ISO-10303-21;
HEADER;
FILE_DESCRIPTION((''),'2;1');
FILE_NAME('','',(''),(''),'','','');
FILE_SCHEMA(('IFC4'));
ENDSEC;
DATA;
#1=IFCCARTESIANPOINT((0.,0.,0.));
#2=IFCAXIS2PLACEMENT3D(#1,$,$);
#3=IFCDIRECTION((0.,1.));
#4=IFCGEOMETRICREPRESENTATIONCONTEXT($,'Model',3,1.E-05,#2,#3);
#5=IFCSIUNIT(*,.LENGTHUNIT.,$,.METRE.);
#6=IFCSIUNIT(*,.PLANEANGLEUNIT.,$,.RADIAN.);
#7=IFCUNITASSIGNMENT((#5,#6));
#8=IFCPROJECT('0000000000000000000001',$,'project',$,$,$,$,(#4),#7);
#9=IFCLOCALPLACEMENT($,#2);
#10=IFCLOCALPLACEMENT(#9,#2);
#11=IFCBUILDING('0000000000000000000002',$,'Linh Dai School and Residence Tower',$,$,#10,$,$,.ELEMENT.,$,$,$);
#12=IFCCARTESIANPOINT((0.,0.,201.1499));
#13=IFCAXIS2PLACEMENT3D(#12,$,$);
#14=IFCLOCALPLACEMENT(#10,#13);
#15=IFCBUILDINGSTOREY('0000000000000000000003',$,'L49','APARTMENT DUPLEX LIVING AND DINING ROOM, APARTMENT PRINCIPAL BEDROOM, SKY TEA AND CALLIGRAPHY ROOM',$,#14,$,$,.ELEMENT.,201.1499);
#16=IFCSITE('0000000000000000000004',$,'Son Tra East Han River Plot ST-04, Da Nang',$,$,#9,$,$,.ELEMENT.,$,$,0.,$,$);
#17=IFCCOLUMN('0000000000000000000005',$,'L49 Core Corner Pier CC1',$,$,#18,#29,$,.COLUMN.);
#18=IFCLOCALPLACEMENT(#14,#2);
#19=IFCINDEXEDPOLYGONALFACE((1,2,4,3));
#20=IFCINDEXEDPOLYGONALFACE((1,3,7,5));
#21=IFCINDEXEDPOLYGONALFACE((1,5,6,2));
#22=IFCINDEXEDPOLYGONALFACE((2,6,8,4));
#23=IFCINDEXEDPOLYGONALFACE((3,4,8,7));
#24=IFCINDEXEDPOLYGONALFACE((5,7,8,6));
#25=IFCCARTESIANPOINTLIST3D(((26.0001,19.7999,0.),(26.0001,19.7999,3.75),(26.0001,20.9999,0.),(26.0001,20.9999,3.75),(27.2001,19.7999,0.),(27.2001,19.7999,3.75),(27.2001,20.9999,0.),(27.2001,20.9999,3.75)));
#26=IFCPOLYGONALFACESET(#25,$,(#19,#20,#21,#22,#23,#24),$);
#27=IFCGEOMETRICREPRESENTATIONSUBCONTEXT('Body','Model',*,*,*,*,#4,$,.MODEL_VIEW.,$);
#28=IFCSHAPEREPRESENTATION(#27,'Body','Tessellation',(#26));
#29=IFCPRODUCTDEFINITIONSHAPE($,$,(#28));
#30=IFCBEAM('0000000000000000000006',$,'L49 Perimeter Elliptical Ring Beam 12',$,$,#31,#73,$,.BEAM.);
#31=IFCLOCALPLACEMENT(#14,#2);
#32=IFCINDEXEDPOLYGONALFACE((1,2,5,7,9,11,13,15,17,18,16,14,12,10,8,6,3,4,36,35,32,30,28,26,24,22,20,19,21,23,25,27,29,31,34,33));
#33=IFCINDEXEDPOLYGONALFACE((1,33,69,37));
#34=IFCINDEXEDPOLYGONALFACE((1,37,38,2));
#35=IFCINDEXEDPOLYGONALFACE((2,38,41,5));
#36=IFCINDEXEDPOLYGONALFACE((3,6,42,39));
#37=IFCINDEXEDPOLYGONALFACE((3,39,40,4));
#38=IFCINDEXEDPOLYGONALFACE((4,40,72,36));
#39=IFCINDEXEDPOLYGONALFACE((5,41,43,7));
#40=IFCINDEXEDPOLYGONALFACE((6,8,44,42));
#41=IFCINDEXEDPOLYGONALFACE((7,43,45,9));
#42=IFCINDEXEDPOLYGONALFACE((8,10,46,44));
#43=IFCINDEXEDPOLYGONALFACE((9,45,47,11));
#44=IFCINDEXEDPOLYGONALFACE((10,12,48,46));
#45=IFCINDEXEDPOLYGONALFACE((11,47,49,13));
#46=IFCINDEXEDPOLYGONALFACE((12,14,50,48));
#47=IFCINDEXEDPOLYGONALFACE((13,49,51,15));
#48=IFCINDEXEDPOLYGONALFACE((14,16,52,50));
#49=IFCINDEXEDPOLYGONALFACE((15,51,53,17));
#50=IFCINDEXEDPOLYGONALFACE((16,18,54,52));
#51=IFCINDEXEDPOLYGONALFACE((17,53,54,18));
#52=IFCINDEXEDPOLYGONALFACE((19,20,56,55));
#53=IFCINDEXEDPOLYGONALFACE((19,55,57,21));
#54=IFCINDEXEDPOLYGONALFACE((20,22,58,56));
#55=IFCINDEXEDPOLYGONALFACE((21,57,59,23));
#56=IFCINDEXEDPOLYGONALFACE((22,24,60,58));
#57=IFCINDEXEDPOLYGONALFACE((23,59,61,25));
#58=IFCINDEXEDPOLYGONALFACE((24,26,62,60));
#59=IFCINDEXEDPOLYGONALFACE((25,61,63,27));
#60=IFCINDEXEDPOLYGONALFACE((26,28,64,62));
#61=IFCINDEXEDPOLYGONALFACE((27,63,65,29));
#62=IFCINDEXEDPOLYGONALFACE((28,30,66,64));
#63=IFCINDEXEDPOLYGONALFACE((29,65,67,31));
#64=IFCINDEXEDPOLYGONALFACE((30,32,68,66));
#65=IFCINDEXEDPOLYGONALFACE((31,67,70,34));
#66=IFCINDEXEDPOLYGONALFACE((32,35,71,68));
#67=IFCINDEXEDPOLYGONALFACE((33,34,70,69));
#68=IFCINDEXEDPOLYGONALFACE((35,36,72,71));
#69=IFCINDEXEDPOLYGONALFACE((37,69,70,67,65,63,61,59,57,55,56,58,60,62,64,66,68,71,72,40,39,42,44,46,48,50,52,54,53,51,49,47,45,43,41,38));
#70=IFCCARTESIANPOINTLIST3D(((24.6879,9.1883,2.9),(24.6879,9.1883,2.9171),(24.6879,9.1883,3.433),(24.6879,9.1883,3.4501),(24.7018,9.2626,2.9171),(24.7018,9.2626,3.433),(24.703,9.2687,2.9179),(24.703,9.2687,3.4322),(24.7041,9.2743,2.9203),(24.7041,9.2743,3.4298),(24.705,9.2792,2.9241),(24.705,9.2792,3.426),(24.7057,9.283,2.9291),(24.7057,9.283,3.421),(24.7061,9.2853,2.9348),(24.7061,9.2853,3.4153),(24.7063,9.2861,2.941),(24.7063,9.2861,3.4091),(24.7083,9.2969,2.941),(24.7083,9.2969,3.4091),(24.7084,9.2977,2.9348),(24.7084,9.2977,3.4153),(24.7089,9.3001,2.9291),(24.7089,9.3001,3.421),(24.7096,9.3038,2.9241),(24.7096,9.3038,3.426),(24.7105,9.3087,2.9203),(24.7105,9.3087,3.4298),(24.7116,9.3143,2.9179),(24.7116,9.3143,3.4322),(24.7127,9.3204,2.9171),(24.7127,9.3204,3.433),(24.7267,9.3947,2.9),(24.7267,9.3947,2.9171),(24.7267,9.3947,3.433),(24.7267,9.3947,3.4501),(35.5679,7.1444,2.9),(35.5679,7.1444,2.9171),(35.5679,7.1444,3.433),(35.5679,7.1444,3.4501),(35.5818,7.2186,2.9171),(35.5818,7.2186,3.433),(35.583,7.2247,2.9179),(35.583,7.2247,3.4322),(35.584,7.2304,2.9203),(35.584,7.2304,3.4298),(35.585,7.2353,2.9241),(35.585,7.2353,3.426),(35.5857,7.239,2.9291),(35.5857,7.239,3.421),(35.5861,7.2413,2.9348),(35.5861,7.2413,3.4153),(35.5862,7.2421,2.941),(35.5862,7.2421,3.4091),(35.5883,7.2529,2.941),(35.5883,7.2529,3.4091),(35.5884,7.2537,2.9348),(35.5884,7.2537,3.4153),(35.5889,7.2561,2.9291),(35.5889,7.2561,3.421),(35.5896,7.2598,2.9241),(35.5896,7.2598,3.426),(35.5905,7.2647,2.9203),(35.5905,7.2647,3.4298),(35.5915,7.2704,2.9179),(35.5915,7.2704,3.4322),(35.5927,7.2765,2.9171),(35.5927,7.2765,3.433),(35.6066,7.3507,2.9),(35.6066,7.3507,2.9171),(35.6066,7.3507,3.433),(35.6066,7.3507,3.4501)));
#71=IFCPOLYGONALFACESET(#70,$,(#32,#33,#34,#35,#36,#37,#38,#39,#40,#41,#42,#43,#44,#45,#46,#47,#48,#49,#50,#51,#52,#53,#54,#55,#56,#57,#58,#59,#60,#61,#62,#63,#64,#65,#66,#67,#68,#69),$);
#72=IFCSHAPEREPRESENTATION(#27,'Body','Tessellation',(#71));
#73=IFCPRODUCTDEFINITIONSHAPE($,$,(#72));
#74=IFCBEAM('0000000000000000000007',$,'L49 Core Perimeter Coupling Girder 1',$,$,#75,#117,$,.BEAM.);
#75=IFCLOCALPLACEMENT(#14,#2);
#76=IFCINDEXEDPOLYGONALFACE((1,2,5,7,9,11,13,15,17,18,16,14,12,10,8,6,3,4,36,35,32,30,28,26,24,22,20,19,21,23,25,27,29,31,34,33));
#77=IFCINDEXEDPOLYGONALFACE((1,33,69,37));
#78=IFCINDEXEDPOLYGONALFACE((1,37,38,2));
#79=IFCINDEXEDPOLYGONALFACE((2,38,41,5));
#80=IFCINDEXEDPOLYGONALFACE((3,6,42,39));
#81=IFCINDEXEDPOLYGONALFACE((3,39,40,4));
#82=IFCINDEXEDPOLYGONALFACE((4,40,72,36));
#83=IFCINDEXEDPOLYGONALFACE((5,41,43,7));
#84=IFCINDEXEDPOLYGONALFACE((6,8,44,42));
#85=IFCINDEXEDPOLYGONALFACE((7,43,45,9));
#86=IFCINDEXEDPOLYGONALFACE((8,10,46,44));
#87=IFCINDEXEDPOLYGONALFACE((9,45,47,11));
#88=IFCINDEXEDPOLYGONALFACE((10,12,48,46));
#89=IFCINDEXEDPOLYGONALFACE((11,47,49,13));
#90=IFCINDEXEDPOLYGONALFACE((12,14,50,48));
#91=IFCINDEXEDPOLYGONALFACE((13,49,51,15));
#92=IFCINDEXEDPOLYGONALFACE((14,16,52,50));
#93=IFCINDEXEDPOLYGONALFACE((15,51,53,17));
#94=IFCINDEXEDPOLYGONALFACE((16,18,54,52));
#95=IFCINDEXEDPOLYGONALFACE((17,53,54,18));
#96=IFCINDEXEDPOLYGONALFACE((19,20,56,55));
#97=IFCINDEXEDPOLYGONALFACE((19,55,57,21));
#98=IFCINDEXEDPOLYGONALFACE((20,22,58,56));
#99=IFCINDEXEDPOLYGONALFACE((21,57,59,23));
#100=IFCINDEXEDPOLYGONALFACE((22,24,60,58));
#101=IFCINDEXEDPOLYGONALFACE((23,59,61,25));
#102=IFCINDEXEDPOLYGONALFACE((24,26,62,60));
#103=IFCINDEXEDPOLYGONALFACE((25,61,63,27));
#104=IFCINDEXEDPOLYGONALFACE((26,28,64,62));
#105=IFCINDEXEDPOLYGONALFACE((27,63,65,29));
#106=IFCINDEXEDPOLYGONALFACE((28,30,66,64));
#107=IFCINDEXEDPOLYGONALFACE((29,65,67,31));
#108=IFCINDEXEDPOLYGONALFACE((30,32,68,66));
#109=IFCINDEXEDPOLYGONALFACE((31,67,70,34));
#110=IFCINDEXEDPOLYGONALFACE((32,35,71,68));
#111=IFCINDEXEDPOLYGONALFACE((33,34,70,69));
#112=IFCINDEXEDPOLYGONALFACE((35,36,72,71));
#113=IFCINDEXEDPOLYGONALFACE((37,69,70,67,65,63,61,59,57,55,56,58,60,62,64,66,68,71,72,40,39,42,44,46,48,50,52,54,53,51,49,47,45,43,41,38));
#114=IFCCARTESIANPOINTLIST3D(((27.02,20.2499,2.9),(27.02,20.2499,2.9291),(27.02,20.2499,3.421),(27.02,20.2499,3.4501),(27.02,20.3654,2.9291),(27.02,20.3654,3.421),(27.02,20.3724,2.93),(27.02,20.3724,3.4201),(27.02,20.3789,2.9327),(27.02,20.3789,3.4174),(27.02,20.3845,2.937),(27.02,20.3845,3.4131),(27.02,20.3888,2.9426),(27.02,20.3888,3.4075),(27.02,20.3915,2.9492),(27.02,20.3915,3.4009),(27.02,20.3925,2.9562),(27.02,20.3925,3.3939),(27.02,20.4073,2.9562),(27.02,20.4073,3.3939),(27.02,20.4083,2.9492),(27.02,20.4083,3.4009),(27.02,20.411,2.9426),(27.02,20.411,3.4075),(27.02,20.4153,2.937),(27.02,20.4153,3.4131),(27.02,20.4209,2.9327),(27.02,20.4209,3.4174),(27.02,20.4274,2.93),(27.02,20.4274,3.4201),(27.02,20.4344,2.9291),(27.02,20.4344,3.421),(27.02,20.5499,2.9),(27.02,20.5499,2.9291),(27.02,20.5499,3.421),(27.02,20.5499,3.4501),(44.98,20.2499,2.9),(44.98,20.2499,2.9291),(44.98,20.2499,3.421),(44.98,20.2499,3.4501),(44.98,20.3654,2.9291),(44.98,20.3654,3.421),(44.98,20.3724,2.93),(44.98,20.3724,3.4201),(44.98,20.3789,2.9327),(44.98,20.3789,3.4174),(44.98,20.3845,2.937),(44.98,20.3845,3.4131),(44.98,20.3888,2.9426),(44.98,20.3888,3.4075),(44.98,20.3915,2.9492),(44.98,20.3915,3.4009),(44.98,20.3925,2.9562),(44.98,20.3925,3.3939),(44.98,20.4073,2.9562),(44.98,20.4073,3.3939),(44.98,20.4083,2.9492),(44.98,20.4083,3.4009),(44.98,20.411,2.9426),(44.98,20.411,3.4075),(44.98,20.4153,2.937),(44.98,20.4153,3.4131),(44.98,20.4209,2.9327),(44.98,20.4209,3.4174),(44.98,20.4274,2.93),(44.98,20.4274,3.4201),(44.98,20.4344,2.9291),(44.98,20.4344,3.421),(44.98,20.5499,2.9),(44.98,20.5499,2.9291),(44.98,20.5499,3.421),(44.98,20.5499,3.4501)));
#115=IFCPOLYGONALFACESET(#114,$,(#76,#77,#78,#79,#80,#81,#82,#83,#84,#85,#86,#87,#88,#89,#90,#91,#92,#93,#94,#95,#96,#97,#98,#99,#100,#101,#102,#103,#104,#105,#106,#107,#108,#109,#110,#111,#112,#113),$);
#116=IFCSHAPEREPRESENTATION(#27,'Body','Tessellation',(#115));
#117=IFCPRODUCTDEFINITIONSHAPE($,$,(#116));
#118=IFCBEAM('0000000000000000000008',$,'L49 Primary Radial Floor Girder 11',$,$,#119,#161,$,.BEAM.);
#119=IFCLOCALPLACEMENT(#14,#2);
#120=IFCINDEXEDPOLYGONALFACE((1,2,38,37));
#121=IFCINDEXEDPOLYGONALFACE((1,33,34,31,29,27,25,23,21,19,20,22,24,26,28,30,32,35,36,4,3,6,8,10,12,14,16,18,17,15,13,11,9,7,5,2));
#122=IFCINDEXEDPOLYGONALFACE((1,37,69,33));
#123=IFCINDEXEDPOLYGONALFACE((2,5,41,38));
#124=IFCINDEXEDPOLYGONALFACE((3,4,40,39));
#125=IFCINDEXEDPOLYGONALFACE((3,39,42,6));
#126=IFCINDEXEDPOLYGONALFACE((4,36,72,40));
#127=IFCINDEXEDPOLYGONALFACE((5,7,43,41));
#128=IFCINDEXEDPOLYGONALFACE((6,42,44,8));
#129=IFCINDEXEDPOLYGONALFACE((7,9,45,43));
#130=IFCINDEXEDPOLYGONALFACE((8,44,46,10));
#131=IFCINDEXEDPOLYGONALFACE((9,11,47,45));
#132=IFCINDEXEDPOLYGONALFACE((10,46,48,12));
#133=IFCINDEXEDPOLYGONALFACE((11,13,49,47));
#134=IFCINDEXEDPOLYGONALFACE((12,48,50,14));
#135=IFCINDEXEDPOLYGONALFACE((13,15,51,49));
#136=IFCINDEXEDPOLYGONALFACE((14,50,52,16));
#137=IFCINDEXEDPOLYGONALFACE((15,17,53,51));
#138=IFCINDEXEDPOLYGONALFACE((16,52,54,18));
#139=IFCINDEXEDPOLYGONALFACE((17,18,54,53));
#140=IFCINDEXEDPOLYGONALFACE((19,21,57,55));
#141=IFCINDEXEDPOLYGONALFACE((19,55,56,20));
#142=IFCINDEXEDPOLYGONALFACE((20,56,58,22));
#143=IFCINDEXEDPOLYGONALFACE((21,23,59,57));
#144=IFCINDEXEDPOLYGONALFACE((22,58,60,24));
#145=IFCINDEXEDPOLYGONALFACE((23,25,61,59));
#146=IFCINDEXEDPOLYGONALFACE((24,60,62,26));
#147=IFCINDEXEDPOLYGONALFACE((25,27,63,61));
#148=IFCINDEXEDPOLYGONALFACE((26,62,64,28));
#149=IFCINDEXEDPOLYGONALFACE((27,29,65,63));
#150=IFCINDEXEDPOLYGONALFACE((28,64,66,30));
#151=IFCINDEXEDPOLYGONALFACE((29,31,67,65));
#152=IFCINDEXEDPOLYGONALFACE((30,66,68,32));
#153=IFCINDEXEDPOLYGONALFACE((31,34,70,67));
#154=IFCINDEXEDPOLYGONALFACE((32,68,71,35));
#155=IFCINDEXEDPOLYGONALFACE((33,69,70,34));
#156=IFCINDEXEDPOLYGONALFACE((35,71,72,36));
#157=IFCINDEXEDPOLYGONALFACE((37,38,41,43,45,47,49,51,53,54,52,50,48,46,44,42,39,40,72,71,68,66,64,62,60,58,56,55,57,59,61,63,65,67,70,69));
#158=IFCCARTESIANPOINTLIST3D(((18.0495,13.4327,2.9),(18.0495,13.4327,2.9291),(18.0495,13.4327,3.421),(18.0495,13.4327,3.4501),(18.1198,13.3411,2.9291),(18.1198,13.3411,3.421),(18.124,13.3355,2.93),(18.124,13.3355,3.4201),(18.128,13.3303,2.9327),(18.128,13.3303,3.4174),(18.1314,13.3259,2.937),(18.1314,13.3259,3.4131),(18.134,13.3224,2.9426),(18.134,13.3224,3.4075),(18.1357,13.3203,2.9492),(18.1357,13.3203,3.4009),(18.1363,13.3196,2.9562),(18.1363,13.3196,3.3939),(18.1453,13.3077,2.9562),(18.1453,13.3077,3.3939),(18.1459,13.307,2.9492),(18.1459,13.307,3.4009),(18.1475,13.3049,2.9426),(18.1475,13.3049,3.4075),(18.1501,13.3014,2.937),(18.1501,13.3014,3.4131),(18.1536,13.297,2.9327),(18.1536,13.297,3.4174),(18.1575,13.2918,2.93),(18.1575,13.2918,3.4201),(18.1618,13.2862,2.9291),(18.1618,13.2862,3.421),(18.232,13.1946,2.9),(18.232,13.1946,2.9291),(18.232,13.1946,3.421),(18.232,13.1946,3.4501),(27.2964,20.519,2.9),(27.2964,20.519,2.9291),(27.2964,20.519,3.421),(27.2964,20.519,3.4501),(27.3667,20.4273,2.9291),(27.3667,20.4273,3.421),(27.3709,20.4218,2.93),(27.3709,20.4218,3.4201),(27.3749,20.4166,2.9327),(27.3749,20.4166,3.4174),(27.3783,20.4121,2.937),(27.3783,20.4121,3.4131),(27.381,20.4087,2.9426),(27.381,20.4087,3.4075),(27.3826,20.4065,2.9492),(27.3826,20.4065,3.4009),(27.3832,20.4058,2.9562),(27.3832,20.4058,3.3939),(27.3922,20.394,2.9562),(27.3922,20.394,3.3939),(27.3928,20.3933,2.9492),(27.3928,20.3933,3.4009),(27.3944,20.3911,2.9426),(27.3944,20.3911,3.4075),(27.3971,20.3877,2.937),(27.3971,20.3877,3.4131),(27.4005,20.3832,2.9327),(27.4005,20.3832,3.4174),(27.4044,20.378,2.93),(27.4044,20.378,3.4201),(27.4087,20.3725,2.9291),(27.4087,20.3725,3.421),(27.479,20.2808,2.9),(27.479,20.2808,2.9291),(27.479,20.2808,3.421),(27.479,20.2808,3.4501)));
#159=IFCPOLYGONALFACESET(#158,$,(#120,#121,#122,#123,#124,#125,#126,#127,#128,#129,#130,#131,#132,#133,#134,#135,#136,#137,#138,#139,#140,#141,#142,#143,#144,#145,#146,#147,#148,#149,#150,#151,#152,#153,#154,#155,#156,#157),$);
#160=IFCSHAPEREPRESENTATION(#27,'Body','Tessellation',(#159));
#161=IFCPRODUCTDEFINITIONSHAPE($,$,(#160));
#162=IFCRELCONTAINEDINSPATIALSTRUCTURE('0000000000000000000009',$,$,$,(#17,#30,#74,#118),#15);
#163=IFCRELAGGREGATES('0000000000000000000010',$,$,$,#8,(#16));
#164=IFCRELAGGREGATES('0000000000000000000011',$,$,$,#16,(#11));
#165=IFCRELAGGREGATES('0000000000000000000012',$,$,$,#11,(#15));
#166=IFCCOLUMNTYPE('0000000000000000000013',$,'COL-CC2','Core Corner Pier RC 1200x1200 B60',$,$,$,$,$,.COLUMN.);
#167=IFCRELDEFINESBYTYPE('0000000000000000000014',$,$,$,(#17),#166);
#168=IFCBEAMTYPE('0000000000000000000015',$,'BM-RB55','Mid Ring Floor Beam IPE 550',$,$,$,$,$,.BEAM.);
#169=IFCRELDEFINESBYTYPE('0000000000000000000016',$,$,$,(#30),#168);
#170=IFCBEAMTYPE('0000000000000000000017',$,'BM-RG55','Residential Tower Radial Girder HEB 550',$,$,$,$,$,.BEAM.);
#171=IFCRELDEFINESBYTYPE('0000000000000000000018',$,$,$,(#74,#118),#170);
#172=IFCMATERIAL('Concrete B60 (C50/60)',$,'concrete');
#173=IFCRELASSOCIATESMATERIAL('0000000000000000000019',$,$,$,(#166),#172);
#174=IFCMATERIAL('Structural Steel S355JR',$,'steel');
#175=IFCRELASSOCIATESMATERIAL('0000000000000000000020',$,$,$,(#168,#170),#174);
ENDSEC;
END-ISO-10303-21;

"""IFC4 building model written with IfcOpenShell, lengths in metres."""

from ifc_helpers import new_model, si_unit, direction, frame, origin, origin_2d, place, context, subcontext, project, spatial, rectangle, i_section, extrude, material, material_profile, profile_set, type_object, element, save


model = new_model("IFC4")

# Units and contexts
model_context = context("Model", 3, precision=1e-05, world=origin(), true_north=direction((0.0, 1.0)))
body_context = subcontext(model_context, "Body", "Model", "MODEL_VIEW")
ifc_project = project(units=[si_unit("LENGTHUNIT", "METRE"), si_unit("PLANEANGLEUNIT", "RADIAN")], contexts=[model_context])

# Site, building, storey
site_placement = place(None, origin())
site = spatial("IfcSite", under=ifc_project, at=site_placement, Name="Son Tra East Han River Plot ST-04, Da Nang", CompositionType="ELEMENT", RefElevation=0.0)
building_placement = place(site_placement, origin())
building = spatial("IfcBuilding", under=site, at=building_placement, Name="Linh Dai School and Residence Tower", CompositionType="ELEMENT")
storey_placement = place(building_placement, frame((0.0, 0.0, 201.1499)))
storey = spatial("IfcBuildingStorey", under=building, at=storey_placement, Name="L49", Description="APARTMENT DUPLEX LIVING AND DINING ROOM, APARTMENT PRINCIPAL BEDROOM, SKY TEA AND CALLIGRAPHY ROOM", CompositionType="ELEMENT", Elevation=201.1499)

# Column
ifc_material_1 = material(Name="Concrete B60 (C50/60)", Category="concrete")
ifc_material_profile_1 = material_profile(ifc_material_1, rectangle(XDim=1.2, YDim=1.2, at=origin_2d()), Name="RC 1200x1200")
ifc_profile_set_1 = profile_set([ifc_material_profile_1], Name="Concrete B60 (C50/60)")
column_type = type_object("IfcColumnType", Name="COL-CC2", Description="Core Corner Pier RC 1200x1200 B60", PredefinedType="COLUMN", material=ifc_profile_set_1)
column_placement = place(storey_placement, frame((26.6001, 20.3999, 0.0), z_axis=(0.0, 0.0, 1.0), x_axis=(1.0, 0.0, 0.0)))
element("IfcColumn", 1, at=column_placement, inside=storey, type_object=column_type, Name="L49 Core Corner Pier CC1", PredefinedType="COLUMN", context=body_context, shape_type="SweptSolid", body=[
    extrude(rectangle(XDim=1.2, YDim=1.2, at=origin_2d()), origin(), (0.0, 0.0, 1.0), 3.75),
])

# Beams
ifc_material_2 = material(Name="Structural Steel S355JR", Category="steel")
ifc_material_profile_2 = material_profile(ifc_material_2, i_section(OverallWidth=0.21, OverallDepth=0.55, WebThickness=0.011, FlangeThickness=0.0171, FilletRadius=0.0239, at=origin_2d()), Name="IPE 550")
ifc_profile_set_2 = profile_set([ifc_material_profile_2], Name="Structural Steel S355JR")
beam_type_1 = type_object("IfcBeamType", Name="BM-RB55", Description="Mid Ring Floor Beam IPE 550", PredefinedType="BEAM", material=ifc_profile_set_2)
beam_1_placement = place(storey_placement, frame((24.7073, 9.2915, 3.175), z_axis=(0.982807, -0.184635, 0.0), x_axis=(0.184635, 0.982807, 0.0)))
element("IfcBeam", 2, at=beam_1_placement, inside=storey, type_object=beam_type_1, Name="L49 Perimeter Elliptical Ring Beam 12", PredefinedType="BEAM", context=body_context, shape_type="SweptSolid", body=[
    extrude(i_section(OverallWidth=0.21, OverallDepth=0.55, WebThickness=0.011, FlangeThickness=0.0171, FilletRadius=0.0239, at=origin_2d()), origin(), (0.0, 0.0, 1.0), 11.0703),
])
ifc_material_profile_3 = material_profile(ifc_material_2, i_section(OverallWidth=0.3, OverallDepth=0.55, WebThickness=0.0149, FlangeThickness=0.0291, FilletRadius=0.0271, at=origin_2d()), Name="HEB 550")
ifc_profile_set_3 = profile_set([ifc_material_profile_3], Name="Structural Steel S355JR")
beam_type_2 = type_object("IfcBeamType", Name="BM-RG55", Description="Residential Tower Radial Girder HEB 550", PredefinedType="BEAM", material=ifc_profile_set_3)
beam_2_placement = place(storey_placement, frame((27.02, 20.3999, 3.175), z_axis=(1.0, 0.0, 0.0), x_axis=(0.0, 1.0, 0.0)))
element("IfcBeam", 3, at=beam_2_placement, inside=storey, type_object=beam_type_2, Name="L49 Core Perimeter Coupling Girder 1", PredefinedType="BEAM", context=body_context, shape_type="SweptSolid", body=[
    extrude(i_section(OverallWidth=0.3, OverallDepth=0.55, WebThickness=0.0149, FlangeThickness=0.0291, FilletRadius=0.0271, at=origin_2d()), origin(), (0.0, 0.0, 1.0), 17.96),
])
beam_3_placement = place(storey_placement, frame((27.3877, 20.3999, 3.175), z_axis=(-0.793733, -0.608267, 0.0), x_axis=(0.608267, -0.793733, 0.0)))
element("IfcBeam", 4, at=beam_3_placement, inside=storey, type_object=beam_type_2, Name="L49 Primary Radial Floor Girder 11", PredefinedType="BEAM", context=body_context, shape_type="SweptSolid", body=[
    extrude(i_section(OverallWidth=0.3, OverallDepth=0.55, WebThickness=0.0149, FlangeThickness=0.0291, FilletRadius=0.0271, at=origin_2d()), origin(), (0.0, 0.0, 1.0), 11.6499),
])

save(model, "model.ifc")
